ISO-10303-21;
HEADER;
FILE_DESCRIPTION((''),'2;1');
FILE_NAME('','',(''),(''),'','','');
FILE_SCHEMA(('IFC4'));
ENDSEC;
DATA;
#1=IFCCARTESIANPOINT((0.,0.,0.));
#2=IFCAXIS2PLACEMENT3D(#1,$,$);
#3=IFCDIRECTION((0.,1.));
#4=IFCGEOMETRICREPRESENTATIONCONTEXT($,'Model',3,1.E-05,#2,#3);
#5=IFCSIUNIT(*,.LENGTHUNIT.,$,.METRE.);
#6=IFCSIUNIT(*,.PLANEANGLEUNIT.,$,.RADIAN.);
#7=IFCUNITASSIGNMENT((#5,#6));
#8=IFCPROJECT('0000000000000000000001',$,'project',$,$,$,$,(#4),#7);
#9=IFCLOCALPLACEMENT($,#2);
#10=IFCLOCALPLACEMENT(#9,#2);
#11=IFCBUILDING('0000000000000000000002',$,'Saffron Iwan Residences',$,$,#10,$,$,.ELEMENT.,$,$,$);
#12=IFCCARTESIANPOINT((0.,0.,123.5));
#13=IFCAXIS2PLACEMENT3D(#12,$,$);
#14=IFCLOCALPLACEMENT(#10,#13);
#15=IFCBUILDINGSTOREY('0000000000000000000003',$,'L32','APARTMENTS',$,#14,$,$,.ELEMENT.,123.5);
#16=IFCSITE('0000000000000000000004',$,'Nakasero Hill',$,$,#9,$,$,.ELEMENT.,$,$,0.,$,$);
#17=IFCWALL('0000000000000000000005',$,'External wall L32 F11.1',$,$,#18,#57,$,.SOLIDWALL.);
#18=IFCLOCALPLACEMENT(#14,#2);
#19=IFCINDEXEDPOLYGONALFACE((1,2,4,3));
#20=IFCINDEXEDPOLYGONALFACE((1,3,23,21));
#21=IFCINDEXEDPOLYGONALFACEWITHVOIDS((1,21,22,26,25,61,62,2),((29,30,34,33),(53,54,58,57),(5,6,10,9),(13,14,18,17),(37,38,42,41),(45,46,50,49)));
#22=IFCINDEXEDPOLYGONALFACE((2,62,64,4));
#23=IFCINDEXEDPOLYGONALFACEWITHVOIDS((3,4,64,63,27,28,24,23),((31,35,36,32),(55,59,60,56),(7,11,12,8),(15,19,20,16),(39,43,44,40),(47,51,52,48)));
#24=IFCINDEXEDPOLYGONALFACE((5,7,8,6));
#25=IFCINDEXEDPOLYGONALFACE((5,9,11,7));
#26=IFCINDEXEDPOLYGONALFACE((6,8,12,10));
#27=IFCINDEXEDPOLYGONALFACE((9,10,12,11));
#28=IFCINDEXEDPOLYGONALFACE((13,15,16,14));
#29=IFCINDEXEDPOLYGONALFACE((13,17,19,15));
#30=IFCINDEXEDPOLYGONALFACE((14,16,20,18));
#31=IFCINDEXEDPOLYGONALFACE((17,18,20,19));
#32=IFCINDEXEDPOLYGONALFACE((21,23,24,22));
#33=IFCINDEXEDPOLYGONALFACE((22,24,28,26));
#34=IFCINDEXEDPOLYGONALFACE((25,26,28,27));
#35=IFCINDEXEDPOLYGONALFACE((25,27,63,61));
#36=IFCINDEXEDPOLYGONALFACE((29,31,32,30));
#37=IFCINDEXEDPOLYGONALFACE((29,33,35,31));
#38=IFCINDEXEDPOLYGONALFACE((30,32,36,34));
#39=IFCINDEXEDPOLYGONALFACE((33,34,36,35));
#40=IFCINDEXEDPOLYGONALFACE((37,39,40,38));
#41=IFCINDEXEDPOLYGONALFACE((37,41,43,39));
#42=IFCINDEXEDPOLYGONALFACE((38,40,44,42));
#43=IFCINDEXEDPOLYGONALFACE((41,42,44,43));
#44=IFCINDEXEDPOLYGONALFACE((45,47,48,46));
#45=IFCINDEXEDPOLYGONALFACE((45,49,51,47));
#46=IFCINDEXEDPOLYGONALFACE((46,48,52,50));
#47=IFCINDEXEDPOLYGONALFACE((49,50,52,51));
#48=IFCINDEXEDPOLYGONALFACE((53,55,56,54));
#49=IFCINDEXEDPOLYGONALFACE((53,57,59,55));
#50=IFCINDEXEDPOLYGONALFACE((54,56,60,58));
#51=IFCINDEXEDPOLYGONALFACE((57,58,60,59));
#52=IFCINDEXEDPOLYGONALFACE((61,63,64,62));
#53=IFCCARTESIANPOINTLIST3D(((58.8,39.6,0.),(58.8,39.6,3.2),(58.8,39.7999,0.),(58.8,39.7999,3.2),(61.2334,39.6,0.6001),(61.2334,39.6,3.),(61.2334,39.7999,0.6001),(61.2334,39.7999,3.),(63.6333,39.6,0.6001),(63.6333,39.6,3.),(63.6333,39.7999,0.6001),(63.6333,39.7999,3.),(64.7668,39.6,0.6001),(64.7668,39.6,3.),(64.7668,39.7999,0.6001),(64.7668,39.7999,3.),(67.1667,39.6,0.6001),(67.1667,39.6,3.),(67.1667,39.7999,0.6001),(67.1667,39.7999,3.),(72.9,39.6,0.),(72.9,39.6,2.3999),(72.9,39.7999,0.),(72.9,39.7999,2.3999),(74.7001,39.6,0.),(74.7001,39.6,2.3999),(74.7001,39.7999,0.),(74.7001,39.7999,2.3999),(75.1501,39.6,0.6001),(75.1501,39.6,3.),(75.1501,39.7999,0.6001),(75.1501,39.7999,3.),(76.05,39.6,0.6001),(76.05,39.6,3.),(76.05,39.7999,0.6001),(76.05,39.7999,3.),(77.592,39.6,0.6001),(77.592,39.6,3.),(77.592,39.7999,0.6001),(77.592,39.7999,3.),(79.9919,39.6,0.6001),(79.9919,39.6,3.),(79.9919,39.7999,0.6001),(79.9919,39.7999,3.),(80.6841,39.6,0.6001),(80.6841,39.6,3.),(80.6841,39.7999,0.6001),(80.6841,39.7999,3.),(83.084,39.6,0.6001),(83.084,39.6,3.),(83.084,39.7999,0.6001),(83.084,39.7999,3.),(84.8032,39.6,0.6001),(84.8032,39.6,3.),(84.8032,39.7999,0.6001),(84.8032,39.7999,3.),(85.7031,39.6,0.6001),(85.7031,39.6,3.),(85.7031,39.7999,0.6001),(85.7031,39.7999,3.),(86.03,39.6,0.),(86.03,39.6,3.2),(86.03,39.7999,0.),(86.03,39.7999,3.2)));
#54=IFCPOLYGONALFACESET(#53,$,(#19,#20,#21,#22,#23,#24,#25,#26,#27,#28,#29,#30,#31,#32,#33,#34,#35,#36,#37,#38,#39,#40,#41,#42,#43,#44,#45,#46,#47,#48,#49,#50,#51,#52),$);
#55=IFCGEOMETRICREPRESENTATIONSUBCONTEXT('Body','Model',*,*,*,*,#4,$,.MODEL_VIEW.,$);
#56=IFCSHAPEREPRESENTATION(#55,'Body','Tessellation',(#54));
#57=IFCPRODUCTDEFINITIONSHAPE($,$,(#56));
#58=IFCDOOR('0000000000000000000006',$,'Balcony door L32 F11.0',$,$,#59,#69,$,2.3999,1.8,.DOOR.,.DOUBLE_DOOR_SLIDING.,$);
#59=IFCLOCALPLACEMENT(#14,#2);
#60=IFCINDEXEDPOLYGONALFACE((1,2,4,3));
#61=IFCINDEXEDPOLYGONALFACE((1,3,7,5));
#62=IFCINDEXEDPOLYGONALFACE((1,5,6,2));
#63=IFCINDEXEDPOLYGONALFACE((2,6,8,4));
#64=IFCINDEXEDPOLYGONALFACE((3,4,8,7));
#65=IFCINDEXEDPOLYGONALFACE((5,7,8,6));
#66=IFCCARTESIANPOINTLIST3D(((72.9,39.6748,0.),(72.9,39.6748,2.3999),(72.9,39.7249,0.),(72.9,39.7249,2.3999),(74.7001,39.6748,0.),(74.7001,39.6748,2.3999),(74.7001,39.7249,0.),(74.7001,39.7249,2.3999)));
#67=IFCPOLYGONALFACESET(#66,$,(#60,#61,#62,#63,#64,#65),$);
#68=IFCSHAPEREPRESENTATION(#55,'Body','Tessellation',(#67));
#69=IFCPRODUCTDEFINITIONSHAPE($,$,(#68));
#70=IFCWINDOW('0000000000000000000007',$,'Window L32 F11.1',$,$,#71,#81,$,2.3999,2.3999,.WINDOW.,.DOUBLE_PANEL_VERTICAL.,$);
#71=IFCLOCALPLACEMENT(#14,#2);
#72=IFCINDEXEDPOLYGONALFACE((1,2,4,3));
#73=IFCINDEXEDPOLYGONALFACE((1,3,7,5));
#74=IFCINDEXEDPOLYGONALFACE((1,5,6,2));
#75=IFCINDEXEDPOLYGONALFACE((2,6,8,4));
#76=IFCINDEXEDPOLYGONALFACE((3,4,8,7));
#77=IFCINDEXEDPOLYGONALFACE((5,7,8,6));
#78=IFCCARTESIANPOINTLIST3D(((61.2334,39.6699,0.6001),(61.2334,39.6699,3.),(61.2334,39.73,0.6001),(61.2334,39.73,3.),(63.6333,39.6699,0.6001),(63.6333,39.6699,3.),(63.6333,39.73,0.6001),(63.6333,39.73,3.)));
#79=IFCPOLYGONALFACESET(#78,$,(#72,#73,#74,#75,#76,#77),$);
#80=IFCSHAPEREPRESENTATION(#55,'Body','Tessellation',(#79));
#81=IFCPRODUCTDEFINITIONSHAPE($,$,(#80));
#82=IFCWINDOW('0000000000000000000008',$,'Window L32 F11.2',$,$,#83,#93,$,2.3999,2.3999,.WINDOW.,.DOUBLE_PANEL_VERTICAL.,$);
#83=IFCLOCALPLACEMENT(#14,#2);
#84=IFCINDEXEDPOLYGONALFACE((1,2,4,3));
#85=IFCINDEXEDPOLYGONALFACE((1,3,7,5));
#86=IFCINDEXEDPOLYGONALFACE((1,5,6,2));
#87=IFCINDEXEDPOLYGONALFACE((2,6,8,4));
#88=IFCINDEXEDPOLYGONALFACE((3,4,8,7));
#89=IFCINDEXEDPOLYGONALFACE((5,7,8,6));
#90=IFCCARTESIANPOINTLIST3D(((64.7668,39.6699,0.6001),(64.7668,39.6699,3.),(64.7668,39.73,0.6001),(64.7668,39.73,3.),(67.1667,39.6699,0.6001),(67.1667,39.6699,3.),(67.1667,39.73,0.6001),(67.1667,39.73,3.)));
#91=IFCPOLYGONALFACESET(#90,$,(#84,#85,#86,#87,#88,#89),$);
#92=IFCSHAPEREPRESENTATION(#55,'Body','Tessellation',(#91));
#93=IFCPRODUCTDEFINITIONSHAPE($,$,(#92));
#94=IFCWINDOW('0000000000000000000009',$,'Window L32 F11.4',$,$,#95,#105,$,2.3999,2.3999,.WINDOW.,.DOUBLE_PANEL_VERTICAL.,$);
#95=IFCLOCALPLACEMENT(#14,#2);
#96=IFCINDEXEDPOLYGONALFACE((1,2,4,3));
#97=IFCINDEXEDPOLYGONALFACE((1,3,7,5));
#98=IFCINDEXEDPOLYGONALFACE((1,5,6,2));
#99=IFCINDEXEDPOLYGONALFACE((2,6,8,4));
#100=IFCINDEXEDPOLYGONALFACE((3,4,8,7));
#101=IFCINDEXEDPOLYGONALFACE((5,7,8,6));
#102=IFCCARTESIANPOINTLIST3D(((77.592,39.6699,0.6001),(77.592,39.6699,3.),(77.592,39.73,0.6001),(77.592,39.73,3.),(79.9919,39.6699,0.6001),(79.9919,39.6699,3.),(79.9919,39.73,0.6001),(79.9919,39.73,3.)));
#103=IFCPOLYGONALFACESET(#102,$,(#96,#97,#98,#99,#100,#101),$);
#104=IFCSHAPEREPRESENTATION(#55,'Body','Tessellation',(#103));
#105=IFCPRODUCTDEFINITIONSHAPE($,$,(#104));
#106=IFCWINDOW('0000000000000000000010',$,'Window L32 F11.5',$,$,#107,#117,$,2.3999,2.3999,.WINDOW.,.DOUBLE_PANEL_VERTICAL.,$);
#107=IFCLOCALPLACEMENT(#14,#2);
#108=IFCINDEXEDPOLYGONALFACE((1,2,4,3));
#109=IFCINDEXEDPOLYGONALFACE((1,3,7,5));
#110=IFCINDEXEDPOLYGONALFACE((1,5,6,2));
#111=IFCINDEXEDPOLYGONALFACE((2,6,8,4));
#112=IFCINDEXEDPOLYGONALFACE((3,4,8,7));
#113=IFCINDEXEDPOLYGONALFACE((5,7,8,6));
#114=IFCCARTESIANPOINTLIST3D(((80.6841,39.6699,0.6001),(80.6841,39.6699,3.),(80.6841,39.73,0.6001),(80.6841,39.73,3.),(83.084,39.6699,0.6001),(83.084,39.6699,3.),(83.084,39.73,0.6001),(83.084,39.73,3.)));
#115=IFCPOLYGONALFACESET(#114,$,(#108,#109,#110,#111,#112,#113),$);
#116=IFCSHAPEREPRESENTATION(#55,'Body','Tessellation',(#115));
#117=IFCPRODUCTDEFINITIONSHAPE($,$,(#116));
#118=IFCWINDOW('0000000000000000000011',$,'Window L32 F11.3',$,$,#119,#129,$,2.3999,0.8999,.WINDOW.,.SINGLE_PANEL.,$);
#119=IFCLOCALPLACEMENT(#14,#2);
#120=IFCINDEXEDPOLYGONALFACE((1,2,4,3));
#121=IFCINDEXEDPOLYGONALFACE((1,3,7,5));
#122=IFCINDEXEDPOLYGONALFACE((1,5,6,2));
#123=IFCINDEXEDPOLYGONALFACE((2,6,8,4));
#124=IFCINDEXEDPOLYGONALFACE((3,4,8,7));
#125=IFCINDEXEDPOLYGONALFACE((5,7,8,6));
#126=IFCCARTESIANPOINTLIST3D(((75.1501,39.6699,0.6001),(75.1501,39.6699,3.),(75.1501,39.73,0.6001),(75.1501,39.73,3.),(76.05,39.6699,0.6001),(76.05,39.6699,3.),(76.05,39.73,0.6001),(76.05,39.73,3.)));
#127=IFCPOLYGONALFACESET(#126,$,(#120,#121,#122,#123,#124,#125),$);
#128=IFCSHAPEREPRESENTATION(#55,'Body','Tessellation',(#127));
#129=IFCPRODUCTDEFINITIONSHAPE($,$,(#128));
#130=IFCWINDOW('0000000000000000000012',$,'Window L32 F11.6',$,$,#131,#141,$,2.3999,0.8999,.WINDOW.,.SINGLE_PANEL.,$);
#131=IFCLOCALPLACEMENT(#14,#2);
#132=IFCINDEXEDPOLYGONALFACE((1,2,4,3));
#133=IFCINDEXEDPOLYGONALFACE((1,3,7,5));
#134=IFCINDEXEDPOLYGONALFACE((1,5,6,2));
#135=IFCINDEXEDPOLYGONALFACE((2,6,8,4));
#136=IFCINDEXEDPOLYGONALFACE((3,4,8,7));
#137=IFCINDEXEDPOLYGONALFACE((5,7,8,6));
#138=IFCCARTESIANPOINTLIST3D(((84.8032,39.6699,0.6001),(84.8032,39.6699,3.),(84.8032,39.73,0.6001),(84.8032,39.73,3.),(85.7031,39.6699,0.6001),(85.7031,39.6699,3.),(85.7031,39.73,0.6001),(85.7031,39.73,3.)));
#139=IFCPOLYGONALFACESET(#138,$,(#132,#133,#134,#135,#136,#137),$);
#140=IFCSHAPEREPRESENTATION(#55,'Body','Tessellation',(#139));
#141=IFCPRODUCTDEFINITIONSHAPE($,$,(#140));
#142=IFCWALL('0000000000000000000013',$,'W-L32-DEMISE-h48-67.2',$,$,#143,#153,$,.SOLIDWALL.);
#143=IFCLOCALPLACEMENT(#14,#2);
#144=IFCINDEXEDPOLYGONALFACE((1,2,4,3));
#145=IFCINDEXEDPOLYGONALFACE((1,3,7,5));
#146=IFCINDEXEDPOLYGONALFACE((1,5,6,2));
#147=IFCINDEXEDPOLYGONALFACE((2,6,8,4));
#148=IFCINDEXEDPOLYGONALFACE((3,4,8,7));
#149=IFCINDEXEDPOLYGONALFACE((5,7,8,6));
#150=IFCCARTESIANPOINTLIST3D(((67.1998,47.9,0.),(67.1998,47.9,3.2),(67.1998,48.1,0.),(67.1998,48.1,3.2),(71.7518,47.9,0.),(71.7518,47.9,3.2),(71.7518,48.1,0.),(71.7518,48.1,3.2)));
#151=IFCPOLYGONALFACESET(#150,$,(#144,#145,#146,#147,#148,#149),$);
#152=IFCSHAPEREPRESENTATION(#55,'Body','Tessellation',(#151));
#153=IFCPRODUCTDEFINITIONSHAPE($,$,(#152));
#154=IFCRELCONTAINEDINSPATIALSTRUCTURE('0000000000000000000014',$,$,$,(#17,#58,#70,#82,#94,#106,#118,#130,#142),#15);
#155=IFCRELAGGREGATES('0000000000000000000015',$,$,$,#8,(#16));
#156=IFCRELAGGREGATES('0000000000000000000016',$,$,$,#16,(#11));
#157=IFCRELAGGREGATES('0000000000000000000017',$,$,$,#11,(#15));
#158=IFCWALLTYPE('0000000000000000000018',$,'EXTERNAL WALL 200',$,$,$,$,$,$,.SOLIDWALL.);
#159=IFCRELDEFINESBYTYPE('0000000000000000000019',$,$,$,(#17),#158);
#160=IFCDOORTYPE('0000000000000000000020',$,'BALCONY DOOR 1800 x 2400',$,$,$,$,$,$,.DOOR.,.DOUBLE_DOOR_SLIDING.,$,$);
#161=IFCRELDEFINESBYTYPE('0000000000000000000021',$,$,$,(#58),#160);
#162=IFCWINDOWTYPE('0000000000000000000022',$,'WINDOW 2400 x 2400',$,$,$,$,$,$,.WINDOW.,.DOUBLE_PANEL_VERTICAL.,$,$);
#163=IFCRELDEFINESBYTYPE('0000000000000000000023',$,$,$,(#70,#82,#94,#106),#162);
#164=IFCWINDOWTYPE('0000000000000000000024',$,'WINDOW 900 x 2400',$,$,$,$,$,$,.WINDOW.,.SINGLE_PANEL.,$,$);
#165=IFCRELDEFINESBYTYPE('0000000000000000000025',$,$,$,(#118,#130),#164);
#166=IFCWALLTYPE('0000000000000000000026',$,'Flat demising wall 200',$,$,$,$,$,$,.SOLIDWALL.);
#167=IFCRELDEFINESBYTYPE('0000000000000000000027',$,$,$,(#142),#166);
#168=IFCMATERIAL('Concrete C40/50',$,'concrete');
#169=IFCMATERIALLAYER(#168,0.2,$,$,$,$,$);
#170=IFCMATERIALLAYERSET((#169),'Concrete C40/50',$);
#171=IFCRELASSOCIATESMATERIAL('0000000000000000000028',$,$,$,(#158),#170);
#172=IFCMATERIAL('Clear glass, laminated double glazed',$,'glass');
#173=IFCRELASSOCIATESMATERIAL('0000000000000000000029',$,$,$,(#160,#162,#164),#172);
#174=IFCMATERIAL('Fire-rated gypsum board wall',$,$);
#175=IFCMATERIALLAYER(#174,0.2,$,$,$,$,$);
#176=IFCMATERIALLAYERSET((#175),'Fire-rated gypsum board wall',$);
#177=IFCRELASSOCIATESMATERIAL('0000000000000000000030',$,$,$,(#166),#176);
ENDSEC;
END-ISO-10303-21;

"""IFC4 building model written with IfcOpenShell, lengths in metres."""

from ifc_helpers import new_model, si_unit, direction, frame, frame_2d, origin, place, context, subcontext, project, spatial, rectangle, extrude, material, layer, layer_set, type_object, element, fill, save


model = new_model("IFC4")

# Units and contexts
model_context = context("Model", 3, precision=1e-05, world=origin(), true_north=direction((0.0, 1.0)))
body_context = subcontext(model_context, "Body", "Model", "MODEL_VIEW")
ifc_project = project(units=[si_unit("LENGTHUNIT", "METRE"), si_unit("PLANEANGLEUNIT", "RADIAN")], contexts=[model_context])

# Site, building, storey
site_placement = place(None, origin())
site = spatial("IfcSite", under=ifc_project, at=site_placement, Name="Nakasero Hill", CompositionType="ELEMENT", RefElevation=0.0)
building_placement = place(site_placement, origin())
building = spatial("IfcBuilding", under=site, at=building_placement, Name="Saffron Iwan Residences", CompositionType="ELEMENT")
storey_placement = place(building_placement, frame((0.0, 0.0, 123.5)))
storey = spatial("IfcBuildingStorey", under=building, at=storey_placement, Name="L32", Description="APARTMENTS", CompositionType="ELEMENT", Elevation=123.5)

# Wall, openings, door, windows
ifc_material_1 = material(Name="Concrete C40/50", Category="concrete")
ifc_layer_1 = layer(ifc_material_1, 0.2)
ifc_layer_set_1 = layer_set([ifc_layer_1], Name="Concrete C40/50")
wall_type_1 = type_object("IfcWallType", Name="EXTERNAL WALL 200", PredefinedType="SOLIDWALL", material=ifc_layer_set_1)
wall_1_placement = place(storey_placement, frame((58.8, 39.7, 0.0), z_axis=(0.0, 0.0, 1.0), x_axis=(1.0, 0.0, 0.0)))
wall_1 = element("IfcWall", 1, at=wall_1_placement, inside=storey, type_object=wall_type_1, Name="External wall L32 F11.1", PredefinedType="SOLIDWALL", context=body_context, shape_type="SweptSolid", body=[
    extrude(rectangle(XDim=27.23, YDim=0.2, at=frame_2d((13.615, 0.0))), origin(), (0.0, 0.0, 1.0), 3.2),
])
opening_1_placement = place(wall_1_placement, frame((14.1001, 0.0, 0.0)))
opening_1 = element("IfcOpeningElement", 2, at=opening_1_placement, cuts=wall_1, PredefinedType="OPENING", context=body_context, shape_type="SweptSolid", body=[
    extrude(rectangle(XDim=1.8, YDim=2.3999, at=frame_2d((0.8999, 1.2))), frame((0.0, 0.1099, 0.0), z_axis=(0.0, -1.0, 0.0), x_axis=(1.0, 0.0, 0.0)), (0.0, 0.0, 1.0), 0.22),
])
opening_2_placement = place(wall_1_placement, frame((2.4333, 0.0, 0.6001)))
opening_2 = element("IfcOpeningElement", 3, at=opening_2_placement, cuts=wall_1, PredefinedType="OPENING", context=body_context, shape_type="SweptSolid", body=[
    extrude(rectangle(XDim=2.3999, YDim=2.3999, at=frame_2d((1.2, 1.2))), frame((0.0, 0.1099, 0.0), z_axis=(0.0, -1.0, 0.0), x_axis=(1.0, 0.0, 0.0)), (0.0, 0.0, 1.0), 0.22),
])
opening_3_placement = place(wall_1_placement, frame((5.9668, 0.0, 0.6001)))
opening_3 = element("IfcOpeningElement", 4, at=opening_3_placement, cuts=wall_1, PredefinedType="OPENING", context=body_context, shape_type="SweptSolid", body=[
    extrude(rectangle(XDim=2.3999, YDim=2.3999, at=frame_2d((1.2, 1.2))), frame((0.0, 0.1099, 0.0), z_axis=(0.0, -1.0, 0.0), x_axis=(1.0, 0.0, 0.0)), (0.0, 0.0, 1.0), 0.22),
])
opening_4_placement = place(wall_1_placement, frame((16.3501, 0.0, 0.6001)))
opening_4 = element("IfcOpeningElement", 5, at=opening_4_placement, cuts=wall_1, PredefinedType="OPENING", context=body_context, shape_type="SweptSolid", body=[
    extrude(rectangle(XDim=0.8999, YDim=2.3999, at=frame_2d((0.45, 1.2))), frame((0.0, 0.1099, 0.0), z_axis=(0.0, -1.0, 0.0), x_axis=(1.0, 0.0, 0.0)), (0.0, 0.0, 1.0), 0.22),
])
opening_5_placement = place(wall_1_placement, frame((18.792, 0.0, 0.6001)))
opening_5 = element("IfcOpeningElement", 6, at=opening_5_placement, cuts=wall_1, PredefinedType="OPENING", context=body_context, shape_type="SweptSolid", body=[
    extrude(rectangle(XDim=2.3999, YDim=2.3999, at=frame_2d((1.2, 1.2))), frame((0.0, 0.1099, 0.0), z_axis=(0.0, -1.0, 0.0), x_axis=(1.0, 0.0, 0.0)), (0.0, 0.0, 1.0), 0.22),
])
opening_6_placement = place(wall_1_placement, frame((21.884, 0.0, 0.6001)))
opening_6 = element("IfcOpeningElement", 7, at=opening_6_placement, cuts=wall_1, PredefinedType="OPENING", context=body_context, shape_type="SweptSolid", body=[
    extrude(rectangle(XDim=2.3999, YDim=2.3999, at=frame_2d((1.2, 1.2))), frame((0.0, 0.1099, 0.0), z_axis=(0.0, -1.0, 0.0), x_axis=(1.0, 0.0, 0.0)), (0.0, 0.0, 1.0), 0.22),
])
opening_7_placement = place(wall_1_placement, frame((26.0032, 0.0, 0.6001)))
opening_7 = element("IfcOpeningElement", 8, at=opening_7_placement, cuts=wall_1, PredefinedType="OPENING", context=body_context, shape_type="SweptSolid", body=[
    extrude(rectangle(XDim=0.8999, YDim=2.3999, at=frame_2d((0.45, 1.2))), frame((0.0, 0.1099, 0.0), z_axis=(0.0, -1.0, 0.0), x_axis=(1.0, 0.0, 0.0)), (0.0, 0.0, 1.0), 0.22),
])
ifc_material_2 = material(Name="Clear glass, laminated double glazed", Category="glass")
door_type_1 = type_object("IfcDoorType", Name="BALCONY DOOR 1800 x 2400", OperationType="DOUBLE_DOOR_SLIDING", PredefinedType="DOOR", material=ifc_material_2)
door_1_placement = place(opening_1_placement, origin())
door_1 = element("IfcDoor", 9, at=door_1_placement, inside=storey, type_object=door_type_1, Name="Balcony door L32 F11.0", OperationType="DOUBLE_DOOR_SLIDING", OverallHeight=2.3999, OverallWidth=1.8, PredefinedType="DOOR", context=body_context, shape_type="SweptSolid", body=[
    extrude(rectangle(XDim=1.8, YDim=2.3999, at=frame_2d((0.8999, 1.2))), frame((0.0, 0.0249, 0.0), z_axis=(0.0, -1.0, 0.0), x_axis=(1.0, 0.0, 0.0)), (0.0, 0.0, 1.0), 0.05),
])
fill(opening_1, door_1)
window_type_1 = type_object("IfcWindowType", Name="WINDOW 2400 x 2400", PartitioningType="DOUBLE_PANEL_VERTICAL", PredefinedType="WINDOW", material=ifc_material_2)
window_1_placement = place(opening_2_placement, origin())
window_1 = element("IfcWindow", 10, at=window_1_placement, inside=storey, type_object=window_type_1, Name="Window L32 F11.1", OverallHeight=2.3999, OverallWidth=2.3999, PartitioningType="DOUBLE_PANEL_VERTICAL", PredefinedType="WINDOW", context=body_context, shape_type="SweptSolid", body=[
    extrude(rectangle(XDim=2.3999, YDim=2.3999, at=frame_2d((1.2, 1.2))), frame((0.0, 0.03, 0.0), z_axis=(0.0, -1.0, 0.0), x_axis=(1.0, 0.0, 0.0)), (0.0, 0.0, 1.0), 0.0601),
])
fill(opening_2, window_1)
window_2_placement = place(opening_3_placement, origin())
window_2 = element("IfcWindow", 11, at=window_2_placement, inside=storey, type_object=window_type_1, Name="Window L32 F11.2", OverallHeight=2.3999, OverallWidth=2.3999, PartitioningType="DOUBLE_PANEL_VERTICAL", PredefinedType="WINDOW", context=body_context, shape_type="SweptSolid", body=[
    extrude(rectangle(XDim=2.3999, YDim=2.3999, at=frame_2d((1.2, 1.2))), frame((0.0, 0.03, 0.0), z_axis=(0.0, -1.0, 0.0), x_axis=(1.0, 0.0, 0.0)), (0.0, 0.0, 1.0), 0.0601),
])
fill(opening_3, window_2)
window_3_placement = place(opening_5_placement, origin())
window_3 = element("IfcWindow", 12, at=window_3_placement, inside=storey, type_object=window_type_1, Name="Window L32 F11.4", OverallHeight=2.3999, OverallWidth=2.3999, PartitioningType="DOUBLE_PANEL_VERTICAL", PredefinedType="WINDOW", context=body_context, shape_type="SweptSolid", body=[
    extrude(rectangle(XDim=2.3999, YDim=2.3999, at=frame_2d((1.2, 1.2))), frame((0.0, 0.03, 0.0), z_axis=(0.0, -1.0, 0.0), x_axis=(1.0, 0.0, 0.0)), (0.0, 0.0, 1.0), 0.0601),
])
fill(opening_5, window_3)
window_4_placement = place(opening_6_placement, origin())
window_4 = element("IfcWindow", 13, at=window_4_placement, inside=storey, type_object=window_type_1, Name="Window L32 F11.5", OverallHeight=2.3999, OverallWidth=2.3999, PartitioningType="DOUBLE_PANEL_VERTICAL", PredefinedType="WINDOW", context=body_context, shape_type="SweptSolid", body=[
    extrude(rectangle(XDim=2.3999, YDim=2.3999, at=frame_2d((1.2, 1.2))), frame((0.0, 0.03, 0.0), z_axis=(0.0, -1.0, 0.0), x_axis=(1.0, 0.0, 0.0)), (0.0, 0.0, 1.0), 0.0601),
])
fill(opening_6, window_4)
window_type_2 = type_object("IfcWindowType", Name="WINDOW 900 x 2400", PartitioningType="SINGLE_PANEL", PredefinedType="WINDOW", material=ifc_material_2)
window_5_placement = place(opening_4_placement, origin())
window_5 = element("IfcWindow", 14, at=window_5_placement, inside=storey, type_object=window_type_2, Name="Window L32 F11.3", OverallHeight=2.3999, OverallWidth=0.8999, PartitioningType="SINGLE_PANEL", PredefinedType="WINDOW", context=body_context, shape_type="SweptSolid", body=[
    extrude(rectangle(XDim=0.8999, YDim=2.3999, at=frame_2d((0.45, 1.2))), frame((0.0, 0.03, 0.0), z_axis=(0.0, -1.0, 0.0), x_axis=(1.0, 0.0, 0.0)), (0.0, 0.0, 1.0), 0.0601),
])
fill(opening_4, window_5)
window_6_placement = place(opening_7_placement, origin())
window_6 = element("IfcWindow", 15, at=window_6_placement, inside=storey, type_object=window_type_2, Name="Window L32 F11.6", OverallHeight=2.3999, OverallWidth=0.8999, PartitioningType="SINGLE_PANEL", PredefinedType="WINDOW", context=body_context, shape_type="SweptSolid", body=[
    extrude(rectangle(XDim=0.8999, YDim=2.3999, at=frame_2d((0.45, 1.2))), frame((0.0, 0.03, 0.0), z_axis=(0.0, -1.0, 0.0), x_axis=(1.0, 0.0, 0.0)), (0.0, 0.0, 1.0), 0.0601),
])
fill(opening_7, window_6)

# Wall
ifc_material_3 = material(Name="Fire-rated gypsum board wall")
ifc_layer_2 = layer(ifc_material_3, 0.2)
ifc_layer_set_2 = layer_set([ifc_layer_2], Name="Fire-rated gypsum board wall")
wall_type_2 = type_object("IfcWallType", Name="Flat demising wall 200", PredefinedType="SOLIDWALL", material=ifc_layer_set_2)
wall_2_placement = place(storey_placement, frame((67.2, 48.0, 0.0), z_axis=(0.0, 0.0, 1.0), x_axis=(1.0, 0.0, 0.0)))
element("IfcWall", 16, at=wall_2_placement, inside=storey, type_object=wall_type_2, Name="W-L32-DEMISE-h48-67.2", PredefinedType="SOLIDWALL", context=body_context, shape_type="SweptSolid", body=[
    extrude(rectangle(XDim=4.552, YDim=0.2, at=frame_2d((2.2759, 0.0))), origin(), (0.0, 0.0, 1.0), 3.2),
])

save(model, "model.ifc")
